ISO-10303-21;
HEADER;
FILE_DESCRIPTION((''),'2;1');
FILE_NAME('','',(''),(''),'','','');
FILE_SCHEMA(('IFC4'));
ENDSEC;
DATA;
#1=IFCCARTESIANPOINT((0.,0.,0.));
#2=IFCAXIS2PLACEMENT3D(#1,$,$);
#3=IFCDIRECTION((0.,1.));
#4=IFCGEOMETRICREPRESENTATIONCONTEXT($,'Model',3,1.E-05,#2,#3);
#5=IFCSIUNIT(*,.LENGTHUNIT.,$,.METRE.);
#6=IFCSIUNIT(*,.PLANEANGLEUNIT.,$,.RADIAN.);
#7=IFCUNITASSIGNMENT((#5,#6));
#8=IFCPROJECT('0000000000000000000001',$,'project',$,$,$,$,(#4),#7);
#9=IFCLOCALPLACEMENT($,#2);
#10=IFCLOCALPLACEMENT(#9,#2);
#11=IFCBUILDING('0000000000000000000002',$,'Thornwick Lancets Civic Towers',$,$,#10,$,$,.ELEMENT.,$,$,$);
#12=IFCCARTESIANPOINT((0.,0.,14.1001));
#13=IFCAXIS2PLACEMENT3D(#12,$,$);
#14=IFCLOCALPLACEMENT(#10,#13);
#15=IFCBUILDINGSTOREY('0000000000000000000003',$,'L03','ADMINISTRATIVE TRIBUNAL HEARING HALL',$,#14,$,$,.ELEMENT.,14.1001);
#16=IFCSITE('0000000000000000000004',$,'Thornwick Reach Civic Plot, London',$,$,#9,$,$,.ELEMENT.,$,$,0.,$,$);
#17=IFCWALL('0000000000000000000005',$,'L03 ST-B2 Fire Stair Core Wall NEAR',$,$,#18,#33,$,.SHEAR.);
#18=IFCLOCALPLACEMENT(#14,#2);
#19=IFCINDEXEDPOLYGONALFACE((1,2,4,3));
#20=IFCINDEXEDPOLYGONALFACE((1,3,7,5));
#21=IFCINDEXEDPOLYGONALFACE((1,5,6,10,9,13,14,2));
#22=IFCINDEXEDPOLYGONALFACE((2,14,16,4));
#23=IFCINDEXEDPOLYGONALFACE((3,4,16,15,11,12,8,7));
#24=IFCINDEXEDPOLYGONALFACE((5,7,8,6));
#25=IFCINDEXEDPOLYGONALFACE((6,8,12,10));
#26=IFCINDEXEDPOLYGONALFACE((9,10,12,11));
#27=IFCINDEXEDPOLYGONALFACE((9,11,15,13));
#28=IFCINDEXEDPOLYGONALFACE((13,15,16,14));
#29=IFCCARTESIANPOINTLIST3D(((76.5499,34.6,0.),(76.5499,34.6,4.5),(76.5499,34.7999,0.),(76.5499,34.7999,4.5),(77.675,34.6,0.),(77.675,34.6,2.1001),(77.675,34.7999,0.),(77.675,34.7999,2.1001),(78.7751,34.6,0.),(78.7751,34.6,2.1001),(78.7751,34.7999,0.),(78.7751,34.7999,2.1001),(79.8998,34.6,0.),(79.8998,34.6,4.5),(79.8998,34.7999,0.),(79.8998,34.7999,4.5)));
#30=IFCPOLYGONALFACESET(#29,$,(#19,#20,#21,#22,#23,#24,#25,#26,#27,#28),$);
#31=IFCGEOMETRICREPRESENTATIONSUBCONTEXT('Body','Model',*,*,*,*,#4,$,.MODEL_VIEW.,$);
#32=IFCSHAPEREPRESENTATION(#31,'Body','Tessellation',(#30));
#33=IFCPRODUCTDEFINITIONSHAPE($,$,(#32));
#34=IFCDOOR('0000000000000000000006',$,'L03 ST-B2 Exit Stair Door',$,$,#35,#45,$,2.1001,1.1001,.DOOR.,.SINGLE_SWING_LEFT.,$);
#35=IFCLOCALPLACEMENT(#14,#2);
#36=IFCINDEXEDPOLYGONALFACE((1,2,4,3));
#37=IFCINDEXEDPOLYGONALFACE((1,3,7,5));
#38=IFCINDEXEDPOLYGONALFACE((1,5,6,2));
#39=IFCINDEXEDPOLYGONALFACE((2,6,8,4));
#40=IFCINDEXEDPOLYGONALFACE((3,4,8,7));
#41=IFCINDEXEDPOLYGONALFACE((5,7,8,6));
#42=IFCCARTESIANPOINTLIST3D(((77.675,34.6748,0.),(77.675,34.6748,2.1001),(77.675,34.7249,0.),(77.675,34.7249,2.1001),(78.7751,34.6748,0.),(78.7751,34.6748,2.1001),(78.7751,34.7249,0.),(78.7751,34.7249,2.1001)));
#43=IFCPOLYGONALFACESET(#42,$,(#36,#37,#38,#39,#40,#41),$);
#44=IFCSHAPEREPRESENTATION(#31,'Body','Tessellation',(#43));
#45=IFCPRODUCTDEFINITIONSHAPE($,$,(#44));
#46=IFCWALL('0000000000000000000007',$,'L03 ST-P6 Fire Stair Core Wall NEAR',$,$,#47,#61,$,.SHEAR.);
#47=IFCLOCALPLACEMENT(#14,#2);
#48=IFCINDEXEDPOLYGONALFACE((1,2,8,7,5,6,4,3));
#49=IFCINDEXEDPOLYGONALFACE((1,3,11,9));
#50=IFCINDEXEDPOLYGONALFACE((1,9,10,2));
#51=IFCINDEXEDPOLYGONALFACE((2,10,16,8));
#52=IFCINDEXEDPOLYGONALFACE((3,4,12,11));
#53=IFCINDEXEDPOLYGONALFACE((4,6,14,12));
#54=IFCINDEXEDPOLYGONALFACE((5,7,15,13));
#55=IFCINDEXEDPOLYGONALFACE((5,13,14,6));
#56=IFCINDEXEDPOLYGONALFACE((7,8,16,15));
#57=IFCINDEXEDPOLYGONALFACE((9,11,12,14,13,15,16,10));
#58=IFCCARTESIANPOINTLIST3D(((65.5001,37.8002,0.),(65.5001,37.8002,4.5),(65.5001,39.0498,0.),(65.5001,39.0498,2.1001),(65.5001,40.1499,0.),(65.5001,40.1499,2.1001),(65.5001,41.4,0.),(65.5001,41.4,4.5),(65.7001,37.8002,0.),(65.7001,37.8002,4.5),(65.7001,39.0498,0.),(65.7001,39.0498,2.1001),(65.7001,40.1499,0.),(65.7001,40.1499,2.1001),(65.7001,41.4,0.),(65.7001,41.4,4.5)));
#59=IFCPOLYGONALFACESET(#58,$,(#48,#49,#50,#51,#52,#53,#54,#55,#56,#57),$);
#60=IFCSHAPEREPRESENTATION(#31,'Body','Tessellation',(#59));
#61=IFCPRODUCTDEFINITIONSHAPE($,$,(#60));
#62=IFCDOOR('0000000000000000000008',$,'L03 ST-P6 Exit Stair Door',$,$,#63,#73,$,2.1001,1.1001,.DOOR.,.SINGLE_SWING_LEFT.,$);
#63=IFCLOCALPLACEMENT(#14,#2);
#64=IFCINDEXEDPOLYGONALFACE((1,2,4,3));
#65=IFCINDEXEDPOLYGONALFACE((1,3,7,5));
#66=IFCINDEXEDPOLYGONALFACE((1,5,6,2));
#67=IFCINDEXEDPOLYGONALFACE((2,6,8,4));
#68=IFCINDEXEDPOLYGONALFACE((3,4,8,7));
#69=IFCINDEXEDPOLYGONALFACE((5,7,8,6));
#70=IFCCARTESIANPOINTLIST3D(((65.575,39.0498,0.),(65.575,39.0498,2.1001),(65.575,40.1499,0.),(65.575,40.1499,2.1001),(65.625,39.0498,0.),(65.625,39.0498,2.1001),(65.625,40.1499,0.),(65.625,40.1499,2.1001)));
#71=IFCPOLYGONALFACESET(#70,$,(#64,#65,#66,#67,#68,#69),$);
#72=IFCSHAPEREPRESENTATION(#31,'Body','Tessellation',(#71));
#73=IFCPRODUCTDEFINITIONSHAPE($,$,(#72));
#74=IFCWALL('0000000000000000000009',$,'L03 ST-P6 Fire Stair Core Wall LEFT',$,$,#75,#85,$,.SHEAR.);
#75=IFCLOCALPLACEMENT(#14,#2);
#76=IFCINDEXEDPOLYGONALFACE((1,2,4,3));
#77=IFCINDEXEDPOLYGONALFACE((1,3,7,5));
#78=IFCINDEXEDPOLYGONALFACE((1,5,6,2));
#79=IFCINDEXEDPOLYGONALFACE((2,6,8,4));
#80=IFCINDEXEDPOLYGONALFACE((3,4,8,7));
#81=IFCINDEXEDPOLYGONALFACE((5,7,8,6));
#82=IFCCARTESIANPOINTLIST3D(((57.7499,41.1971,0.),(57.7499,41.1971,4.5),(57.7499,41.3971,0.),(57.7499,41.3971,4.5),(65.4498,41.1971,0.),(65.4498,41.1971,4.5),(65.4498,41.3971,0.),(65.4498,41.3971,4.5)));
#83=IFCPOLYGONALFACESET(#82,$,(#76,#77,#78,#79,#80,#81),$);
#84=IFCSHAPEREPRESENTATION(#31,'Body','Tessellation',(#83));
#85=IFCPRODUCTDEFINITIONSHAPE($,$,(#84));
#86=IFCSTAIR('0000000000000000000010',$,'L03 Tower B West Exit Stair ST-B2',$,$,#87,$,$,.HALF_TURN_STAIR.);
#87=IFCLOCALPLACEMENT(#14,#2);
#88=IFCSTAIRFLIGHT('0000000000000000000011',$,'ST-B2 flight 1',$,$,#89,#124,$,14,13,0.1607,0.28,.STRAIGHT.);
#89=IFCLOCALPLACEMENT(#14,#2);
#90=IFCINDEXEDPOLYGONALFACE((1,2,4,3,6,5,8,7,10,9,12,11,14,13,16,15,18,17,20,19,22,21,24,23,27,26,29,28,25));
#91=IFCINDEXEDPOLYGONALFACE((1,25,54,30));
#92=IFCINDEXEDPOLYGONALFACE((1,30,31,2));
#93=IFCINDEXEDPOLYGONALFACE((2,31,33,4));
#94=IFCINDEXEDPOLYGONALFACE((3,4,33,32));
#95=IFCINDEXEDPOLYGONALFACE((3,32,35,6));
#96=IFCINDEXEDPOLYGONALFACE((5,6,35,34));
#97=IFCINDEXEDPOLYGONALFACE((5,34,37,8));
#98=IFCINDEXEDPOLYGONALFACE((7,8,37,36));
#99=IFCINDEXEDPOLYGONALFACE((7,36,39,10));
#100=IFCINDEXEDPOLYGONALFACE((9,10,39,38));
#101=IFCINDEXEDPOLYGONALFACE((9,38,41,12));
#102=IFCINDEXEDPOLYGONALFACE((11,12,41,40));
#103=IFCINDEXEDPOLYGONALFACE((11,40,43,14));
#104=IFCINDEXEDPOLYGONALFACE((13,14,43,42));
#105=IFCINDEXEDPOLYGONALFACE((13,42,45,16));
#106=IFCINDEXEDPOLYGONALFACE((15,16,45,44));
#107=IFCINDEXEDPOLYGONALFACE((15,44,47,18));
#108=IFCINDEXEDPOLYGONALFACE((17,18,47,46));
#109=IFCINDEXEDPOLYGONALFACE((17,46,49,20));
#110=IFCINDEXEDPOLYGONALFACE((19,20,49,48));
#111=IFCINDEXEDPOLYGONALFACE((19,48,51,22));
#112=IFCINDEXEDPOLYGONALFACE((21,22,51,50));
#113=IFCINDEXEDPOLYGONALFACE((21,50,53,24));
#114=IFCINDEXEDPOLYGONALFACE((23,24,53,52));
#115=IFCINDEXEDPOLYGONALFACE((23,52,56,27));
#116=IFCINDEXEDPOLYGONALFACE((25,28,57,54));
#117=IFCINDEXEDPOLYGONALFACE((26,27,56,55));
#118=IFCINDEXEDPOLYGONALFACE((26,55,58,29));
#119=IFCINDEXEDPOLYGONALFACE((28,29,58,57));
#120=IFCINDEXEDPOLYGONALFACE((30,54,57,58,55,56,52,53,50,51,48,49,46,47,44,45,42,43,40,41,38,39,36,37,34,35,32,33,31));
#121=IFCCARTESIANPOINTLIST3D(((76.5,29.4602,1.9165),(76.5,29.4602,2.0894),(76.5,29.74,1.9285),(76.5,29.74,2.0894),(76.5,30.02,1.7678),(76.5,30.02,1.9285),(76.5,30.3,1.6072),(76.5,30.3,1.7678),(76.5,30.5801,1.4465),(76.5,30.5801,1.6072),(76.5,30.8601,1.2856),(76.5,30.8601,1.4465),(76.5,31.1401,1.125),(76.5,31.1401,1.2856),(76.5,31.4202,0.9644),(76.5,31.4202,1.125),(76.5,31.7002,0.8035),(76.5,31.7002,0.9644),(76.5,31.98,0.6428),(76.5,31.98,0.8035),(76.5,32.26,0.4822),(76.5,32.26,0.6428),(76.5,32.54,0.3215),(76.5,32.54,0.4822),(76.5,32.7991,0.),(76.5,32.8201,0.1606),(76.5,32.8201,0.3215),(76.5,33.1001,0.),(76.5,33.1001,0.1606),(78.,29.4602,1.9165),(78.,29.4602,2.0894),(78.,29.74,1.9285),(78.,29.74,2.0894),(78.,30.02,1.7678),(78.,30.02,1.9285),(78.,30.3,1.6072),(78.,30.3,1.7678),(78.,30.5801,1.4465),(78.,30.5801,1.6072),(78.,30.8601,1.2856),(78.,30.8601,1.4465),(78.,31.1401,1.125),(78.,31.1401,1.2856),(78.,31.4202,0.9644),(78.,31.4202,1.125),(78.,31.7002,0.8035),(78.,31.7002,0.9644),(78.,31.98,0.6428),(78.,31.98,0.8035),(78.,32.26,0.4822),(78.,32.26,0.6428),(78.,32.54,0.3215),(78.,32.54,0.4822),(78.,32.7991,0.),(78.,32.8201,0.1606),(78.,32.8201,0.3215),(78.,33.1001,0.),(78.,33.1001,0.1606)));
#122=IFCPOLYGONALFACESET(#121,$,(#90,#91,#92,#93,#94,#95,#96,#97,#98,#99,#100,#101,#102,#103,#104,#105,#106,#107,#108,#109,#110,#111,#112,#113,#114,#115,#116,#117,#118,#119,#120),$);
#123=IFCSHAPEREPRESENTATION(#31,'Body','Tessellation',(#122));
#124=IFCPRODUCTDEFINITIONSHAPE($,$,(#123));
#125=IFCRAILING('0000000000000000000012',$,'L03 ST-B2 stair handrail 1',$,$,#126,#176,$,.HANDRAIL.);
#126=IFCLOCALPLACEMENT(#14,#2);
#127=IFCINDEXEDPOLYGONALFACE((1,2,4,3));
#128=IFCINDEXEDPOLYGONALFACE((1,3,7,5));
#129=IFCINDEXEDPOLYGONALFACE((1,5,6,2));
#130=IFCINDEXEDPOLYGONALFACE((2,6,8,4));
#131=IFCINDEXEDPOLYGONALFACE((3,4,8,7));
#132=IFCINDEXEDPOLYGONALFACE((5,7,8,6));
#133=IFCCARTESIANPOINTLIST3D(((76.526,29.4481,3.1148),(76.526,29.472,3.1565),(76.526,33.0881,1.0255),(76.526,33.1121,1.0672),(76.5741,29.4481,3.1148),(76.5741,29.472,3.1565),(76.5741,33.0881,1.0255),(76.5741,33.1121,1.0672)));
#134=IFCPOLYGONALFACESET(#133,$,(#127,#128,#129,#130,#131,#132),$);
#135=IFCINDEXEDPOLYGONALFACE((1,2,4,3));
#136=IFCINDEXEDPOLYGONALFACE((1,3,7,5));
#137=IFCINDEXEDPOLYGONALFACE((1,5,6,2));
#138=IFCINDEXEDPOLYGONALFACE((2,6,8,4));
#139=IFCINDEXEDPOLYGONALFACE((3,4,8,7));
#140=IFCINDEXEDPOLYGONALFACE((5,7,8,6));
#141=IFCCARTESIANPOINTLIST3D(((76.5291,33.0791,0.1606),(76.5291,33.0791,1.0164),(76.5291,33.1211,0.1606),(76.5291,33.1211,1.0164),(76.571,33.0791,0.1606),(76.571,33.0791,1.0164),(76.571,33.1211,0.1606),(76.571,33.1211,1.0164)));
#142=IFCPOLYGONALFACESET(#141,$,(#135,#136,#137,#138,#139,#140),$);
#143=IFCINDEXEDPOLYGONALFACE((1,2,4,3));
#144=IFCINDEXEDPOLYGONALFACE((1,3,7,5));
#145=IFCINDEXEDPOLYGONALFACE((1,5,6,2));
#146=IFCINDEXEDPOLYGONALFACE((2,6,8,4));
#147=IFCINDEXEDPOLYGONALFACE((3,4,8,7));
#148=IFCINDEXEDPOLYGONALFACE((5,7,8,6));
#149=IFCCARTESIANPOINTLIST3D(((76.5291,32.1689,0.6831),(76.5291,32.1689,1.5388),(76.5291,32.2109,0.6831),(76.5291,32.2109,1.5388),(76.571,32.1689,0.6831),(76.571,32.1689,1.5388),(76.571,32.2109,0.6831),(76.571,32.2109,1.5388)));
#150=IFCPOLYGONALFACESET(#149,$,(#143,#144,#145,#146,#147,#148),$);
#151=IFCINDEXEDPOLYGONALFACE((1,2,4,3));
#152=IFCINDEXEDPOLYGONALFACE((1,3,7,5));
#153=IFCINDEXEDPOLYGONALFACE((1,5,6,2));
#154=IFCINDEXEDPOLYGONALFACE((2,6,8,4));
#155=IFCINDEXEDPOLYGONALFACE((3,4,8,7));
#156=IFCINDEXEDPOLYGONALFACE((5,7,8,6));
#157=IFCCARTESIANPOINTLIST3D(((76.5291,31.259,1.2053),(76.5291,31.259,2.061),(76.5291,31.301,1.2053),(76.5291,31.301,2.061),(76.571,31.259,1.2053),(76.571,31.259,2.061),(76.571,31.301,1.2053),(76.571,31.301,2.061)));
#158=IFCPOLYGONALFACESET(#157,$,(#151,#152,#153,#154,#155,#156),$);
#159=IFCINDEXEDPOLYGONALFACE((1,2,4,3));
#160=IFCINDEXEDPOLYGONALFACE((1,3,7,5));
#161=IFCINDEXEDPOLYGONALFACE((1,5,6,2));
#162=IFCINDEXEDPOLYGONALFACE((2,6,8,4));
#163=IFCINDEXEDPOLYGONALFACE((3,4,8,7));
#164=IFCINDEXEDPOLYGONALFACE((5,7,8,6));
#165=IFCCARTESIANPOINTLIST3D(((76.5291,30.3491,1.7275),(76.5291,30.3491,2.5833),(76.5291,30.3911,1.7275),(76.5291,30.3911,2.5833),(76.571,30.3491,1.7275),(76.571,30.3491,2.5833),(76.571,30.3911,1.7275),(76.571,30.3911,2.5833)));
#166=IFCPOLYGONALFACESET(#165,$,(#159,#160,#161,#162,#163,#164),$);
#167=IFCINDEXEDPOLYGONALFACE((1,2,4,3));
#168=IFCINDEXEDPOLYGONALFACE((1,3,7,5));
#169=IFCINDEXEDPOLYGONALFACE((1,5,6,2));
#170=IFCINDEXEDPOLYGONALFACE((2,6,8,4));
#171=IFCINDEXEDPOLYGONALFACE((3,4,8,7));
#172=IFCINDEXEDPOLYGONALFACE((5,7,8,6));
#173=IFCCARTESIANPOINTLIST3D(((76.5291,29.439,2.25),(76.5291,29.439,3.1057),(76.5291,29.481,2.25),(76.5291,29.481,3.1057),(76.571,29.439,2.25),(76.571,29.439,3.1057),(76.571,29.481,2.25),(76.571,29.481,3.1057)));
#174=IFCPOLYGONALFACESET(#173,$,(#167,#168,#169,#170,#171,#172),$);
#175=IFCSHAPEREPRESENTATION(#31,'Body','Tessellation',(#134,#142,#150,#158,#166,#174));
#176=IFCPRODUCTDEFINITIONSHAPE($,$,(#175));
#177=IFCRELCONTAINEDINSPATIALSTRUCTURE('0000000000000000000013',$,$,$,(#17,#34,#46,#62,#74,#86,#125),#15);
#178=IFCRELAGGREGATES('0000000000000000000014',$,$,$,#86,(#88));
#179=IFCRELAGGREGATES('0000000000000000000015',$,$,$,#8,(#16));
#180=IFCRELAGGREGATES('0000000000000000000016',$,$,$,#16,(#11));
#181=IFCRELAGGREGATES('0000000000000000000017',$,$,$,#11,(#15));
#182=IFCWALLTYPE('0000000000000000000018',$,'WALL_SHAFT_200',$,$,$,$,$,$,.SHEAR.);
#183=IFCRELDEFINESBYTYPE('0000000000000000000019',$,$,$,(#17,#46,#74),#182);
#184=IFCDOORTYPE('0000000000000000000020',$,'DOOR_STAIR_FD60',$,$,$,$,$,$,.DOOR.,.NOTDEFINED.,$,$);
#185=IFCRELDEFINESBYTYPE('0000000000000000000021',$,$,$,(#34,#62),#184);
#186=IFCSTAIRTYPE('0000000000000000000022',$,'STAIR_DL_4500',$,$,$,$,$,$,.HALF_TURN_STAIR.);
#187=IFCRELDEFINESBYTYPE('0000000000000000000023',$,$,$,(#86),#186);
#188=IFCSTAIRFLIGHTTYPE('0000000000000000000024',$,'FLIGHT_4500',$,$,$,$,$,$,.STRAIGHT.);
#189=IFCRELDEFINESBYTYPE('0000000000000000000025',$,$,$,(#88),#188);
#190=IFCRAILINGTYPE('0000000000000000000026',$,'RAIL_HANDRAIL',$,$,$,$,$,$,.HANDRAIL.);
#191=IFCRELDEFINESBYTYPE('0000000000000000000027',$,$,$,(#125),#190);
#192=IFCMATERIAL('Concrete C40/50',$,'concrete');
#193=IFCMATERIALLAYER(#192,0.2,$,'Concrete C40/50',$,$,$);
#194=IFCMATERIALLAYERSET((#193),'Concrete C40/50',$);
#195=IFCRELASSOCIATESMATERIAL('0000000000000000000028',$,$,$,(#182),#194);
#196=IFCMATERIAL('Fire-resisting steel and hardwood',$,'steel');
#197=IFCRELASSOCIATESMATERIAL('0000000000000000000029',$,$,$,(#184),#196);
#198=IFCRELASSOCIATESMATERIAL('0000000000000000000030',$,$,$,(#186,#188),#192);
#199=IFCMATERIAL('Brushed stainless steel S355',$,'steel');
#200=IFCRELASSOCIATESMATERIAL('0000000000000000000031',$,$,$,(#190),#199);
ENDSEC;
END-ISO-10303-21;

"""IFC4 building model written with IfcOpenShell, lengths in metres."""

from ifc_helpers import new_model, si_unit, direction, frame, frame_2d, origin, origin_2d, place, context, subcontext, project, spatial, polyline, rectangle, outline, extrude, material, layer, layer_set, type_object, element, fill, aggregate, save


model = new_model("IFC4")

# Units and contexts
model_context = context("Model", 3, precision=1e-05, world=origin(), true_north=direction((0.0, 1.0)))
body_context = subcontext(model_context, "Body", "Model", "MODEL_VIEW")
ifc_project = project(units=[si_unit("LENGTHUNIT", "METRE"), si_unit("PLANEANGLEUNIT", "RADIAN")], contexts=[model_context])

# Site, building, storey
site_placement = place(None, origin())
site = spatial("IfcSite", under=ifc_project, at=site_placement, Name="Thornwick Reach Civic Plot, London", CompositionType="ELEMENT", RefElevation=0.0)
building_placement = place(site_placement, origin())
building = spatial("IfcBuilding", under=site, at=building_placement, Name="Thornwick Lancets Civic Towers", CompositionType="ELEMENT")
storey_placement = place(building_placement, frame((0.0, 0.0, 14.1001)))
storey = spatial("IfcBuildingStorey", under=building, at=storey_placement, Name="L03", Description="ADMINISTRATIVE TRIBUNAL HEARING HALL", CompositionType="ELEMENT", Elevation=14.1001)

# Shared definitions
ifc_material_1 = material(Name="Concrete C40/50", Category="concrete")

# Walls, openings, doors
ifc_layer_1 = layer(ifc_material_1, 0.2, Name="Concrete C40/50")
ifc_layer_set_1 = layer_set([ifc_layer_1], Name="Concrete C40/50")
wall_type_1 = type_object("IfcWallType", Name="WALL_SHAFT_200", PredefinedType="SHEAR", material=ifc_layer_set_1)
wall_1_placement = place(storey_placement, frame((76.55, 34.7, 0.0), z_axis=(0.0, 0.0, 1.0), x_axis=(1.0, 0.0, 0.0)))
wall_1 = element("IfcWall", 1, at=wall_1_placement, inside=storey, type_object=wall_type_1, Name="L03 ST-B2 Fire Stair Core Wall NEAR", PredefinedType="SHEAR", context=body_context, shape_type="SweptSolid", body=[
    extrude(rectangle(XDim=3.3499, YDim=0.2, at=frame_2d((1.6748, 0.0))), origin(), (0.0, 0.0, 1.0), 4.5),
])
opening_1_placement = place(wall_1_placement, frame((1.125, 0.0, 0.0)))
opening_1 = element("IfcOpeningElement", 2, at=opening_1_placement, cuts=wall_1, PredefinedType="OPENING", context=body_context, shape_type="SweptSolid", body=[
    extrude(rectangle(XDim=1.1001, YDim=2.1001, at=frame_2d((0.55, 1.05))), frame((0.0, 0.1099, 0.0), z_axis=(0.0, -1.0, 0.0), x_axis=(1.0, 0.0, 0.0)), (0.0, 0.0, 1.0), 0.22),
])
ifc_material_2 = material(Name="Fire-resisting steel and hardwood", Category="steel")
door_type_1 = type_object("IfcDoorType", Name="DOOR_STAIR_FD60", OperationType="NOTDEFINED", PredefinedType="DOOR", material=ifc_material_2)
door_1_placement = place(opening_1_placement, origin())
door_1 = element("IfcDoor", 3, at=door_1_placement, inside=storey, type_object=door_type_1, Name="L03 ST-B2 Exit Stair Door", OperationType="SINGLE_SWING_LEFT", OverallHeight=2.1001, OverallWidth=1.1001, PredefinedType="DOOR", context=body_context, shape_type="SweptSolid", body=[
    extrude(rectangle(XDim=1.1001, YDim=2.1001, at=frame_2d((0.55, 1.05))), frame((0.0, 0.0249, 0.0), z_axis=(0.0, -1.0, 0.0), x_axis=(1.0, 0.0, 0.0)), (0.0, 0.0, 1.0), 0.05),
])
fill(opening_1, door_1)
wall_2_placement = place(storey_placement, frame((65.6001, 41.3999, 0.0), z_axis=(0.0, 0.0, 1.0), x_axis=(0.0, -1.0, 0.0)))
wall_2 = element("IfcWall", 4, at=wall_2_placement, inside=storey, type_object=wall_type_1, Name="L03 ST-P6 Fire Stair Core Wall NEAR", PredefinedType="SHEAR", context=body_context, shape_type="SweptSolid", body=[
    extrude(rectangle(XDim=3.5999, YDim=0.2, at=frame_2d((1.7998, 0.0))), origin(), (0.0, 0.0, 1.0), 4.5),
])
opening_2_placement = place(wall_2_placement, frame((1.25, 0.0, 0.0)))
opening_2 = element("IfcOpeningElement", 5, at=opening_2_placement, cuts=wall_2, PredefinedType="OPENING", context=body_context, shape_type="SweptSolid", body=[
    extrude(rectangle(XDim=1.1001, YDim=2.1001, at=frame_2d((0.55, 1.05))), frame((0.0, 0.1099, 0.0), z_axis=(0.0, -1.0, 0.0), x_axis=(1.0, 0.0, 0.0)), (0.0, 0.0, 1.0), 0.22),
])
door_2_placement = place(opening_2_placement, origin())
door_2 = element("IfcDoor", 6, at=door_2_placement, inside=storey, type_object=door_type_1, Name="L03 ST-P6 Exit Stair Door", OperationType="SINGLE_SWING_LEFT", OverallHeight=2.1001, OverallWidth=1.1001, PredefinedType="DOOR", context=body_context, shape_type="SweptSolid", body=[
    extrude(rectangle(XDim=1.1001, YDim=2.1001, at=frame_2d((0.55, 1.05))), frame((0.0, 0.0249, 0.0), z_axis=(0.0, -1.0, 0.0), x_axis=(1.0, 0.0, 0.0)), (0.0, 0.0, 1.0), 0.05),
])
fill(opening_2, door_2)

# Wall
wall_3_placement = place(storey_placement, frame((65.45, 41.2971, 0.0), z_axis=(0.0, 0.0, 1.0), x_axis=(-1.0, 0.0, 0.0)))
element("IfcWall", 7, at=wall_3_placement, inside=storey, type_object=wall_type_1, Name="L03 ST-P6 Fire Stair Core Wall LEFT", PredefinedType="SHEAR", context=body_context, shape_type="SweptSolid", body=[
    extrude(rectangle(XDim=7.7, YDim=0.2, at=frame_2d((3.8501, 0.0))), origin(), (0.0, 0.0, 1.0), 4.5),
])

# Stair, stair flight
stair_type = type_object("IfcStairType", Name="STAIR_DL_4500", PredefinedType="HALF_TURN_STAIR", material=ifc_material_1)
stair_placement = place(storey_placement, origin())
stair = element("IfcStair", 8, at=stair_placement, inside=storey, type_object=stair_type, Name="L03 Tower B West Exit Stair ST-B2", PredefinedType="HALF_TURN_STAIR")
stair_flight_type = type_object("IfcStairFlightType", Name="FLIGHT_4500", PredefinedType="STRAIGHT", material=ifc_material_1)
stair_flight_placement = place(storey_placement, frame((77.25, 33.1001, 0.0), z_axis=(0.0, 0.0, 1.0), x_axis=(0.0, -1.0, 0.0)))
stair_flight = element("IfcStairFlight", 9, at=stair_flight_placement, type_object=stair_flight_type, Name="ST-B2 flight 1", NumberOfRisers=14, NumberOfTreads=13, PredefinedType="STRAIGHT", RiserHeight=0.1607, TreadLength=0.28, context=body_context, shape_type="SweptSolid", body=[
    extrude(outline(polyline([(0.0, 0.0), (0.0, 0.1606), (0.28, 0.1606), (0.28, 0.3215), (0.5601, 0.3215), (0.5601, 0.4822), (0.8401, 0.4822), (0.8401, 0.6428), (1.1201, 0.6428), (1.1201, 0.8035), (1.3999, 0.8035), (1.3999, 0.9644), (1.6799, 0.9644), (1.6799, 1.125), (1.96, 1.125), (1.96, 1.2856), (2.24, 1.2856), (2.24, 1.4465), (2.52, 1.4465), (2.52, 1.6072), (2.8, 1.6072), (2.8, 1.7678), (3.0801, 1.7678), (3.0801, 1.9285), (3.3601, 1.9285), (3.3601, 2.0894), (3.6399, 2.0894), (3.6399, 2.25), (3.6399, 1.9165), (0.301, 0.0), (0.0, 0.0)])), frame((0.0, 0.75, 0.0), z_axis=(0.0, -1.0, 0.0), x_axis=(1.0, 0.0, 0.0)), (0.0, 0.0, 1.0), 1.5),
])
aggregate(stair, [stair_flight])

# Railing
ifc_material_3 = material(Name="Brushed stainless steel S355", Category="steel")
railing_type_1 = type_object("IfcRailingType", Name="RAIL_HANDRAIL", PredefinedType="HANDRAIL", material=ifc_material_3)
railing_1_placement = place(storey_placement, frame((76.55, 33.1001, 0.1606)))
element("IfcRailing", 10, at=railing_1_placement, inside=storey, type_object=railing_type_1, Name="L03 ST-B2 stair handrail 1", PredefinedType="HANDRAIL", context=body_context, shape_type="SweptSolid", body=[
    extrude(rectangle(XDim=0.0481, YDim=0.0481, at=origin_2d()), frame((0.0, 0.0, 0.8857), z_axis=(0.0, -0.867289, 0.497804), x_axis=(1.0, 0.0, 0.0)), (0.0, 0.0, 1.0), 4.197),
    extrude(rectangle(XDim=0.042, YDim=0.042, at=origin_2d()), origin(), (0.0, 0.0, 1.0), 0.8557),
    extrude(rectangle(XDim=0.042, YDim=0.042, at=origin_2d()), frame((0.0, -0.9102, 0.5225)), (0.0, 0.0, 1.0), 0.8557),
    extrude(rectangle(XDim=0.042, YDim=0.042, at=origin_2d()), frame((0.0, -1.8201, 1.0447)), (0.0, 0.0, 1.0), 0.8557),
    extrude(rectangle(XDim=0.042, YDim=0.042, at=origin_2d()), frame((0.0, -2.73, 1.5669)), (0.0, 0.0, 1.0), 0.8557),
    extrude(rectangle(XDim=0.042, YDim=0.042, at=origin_2d()), frame((0.0, -3.6401, 2.0894)), (0.0, 0.0, 1.0), 0.8557),
])

save(model, "model.ifc")
